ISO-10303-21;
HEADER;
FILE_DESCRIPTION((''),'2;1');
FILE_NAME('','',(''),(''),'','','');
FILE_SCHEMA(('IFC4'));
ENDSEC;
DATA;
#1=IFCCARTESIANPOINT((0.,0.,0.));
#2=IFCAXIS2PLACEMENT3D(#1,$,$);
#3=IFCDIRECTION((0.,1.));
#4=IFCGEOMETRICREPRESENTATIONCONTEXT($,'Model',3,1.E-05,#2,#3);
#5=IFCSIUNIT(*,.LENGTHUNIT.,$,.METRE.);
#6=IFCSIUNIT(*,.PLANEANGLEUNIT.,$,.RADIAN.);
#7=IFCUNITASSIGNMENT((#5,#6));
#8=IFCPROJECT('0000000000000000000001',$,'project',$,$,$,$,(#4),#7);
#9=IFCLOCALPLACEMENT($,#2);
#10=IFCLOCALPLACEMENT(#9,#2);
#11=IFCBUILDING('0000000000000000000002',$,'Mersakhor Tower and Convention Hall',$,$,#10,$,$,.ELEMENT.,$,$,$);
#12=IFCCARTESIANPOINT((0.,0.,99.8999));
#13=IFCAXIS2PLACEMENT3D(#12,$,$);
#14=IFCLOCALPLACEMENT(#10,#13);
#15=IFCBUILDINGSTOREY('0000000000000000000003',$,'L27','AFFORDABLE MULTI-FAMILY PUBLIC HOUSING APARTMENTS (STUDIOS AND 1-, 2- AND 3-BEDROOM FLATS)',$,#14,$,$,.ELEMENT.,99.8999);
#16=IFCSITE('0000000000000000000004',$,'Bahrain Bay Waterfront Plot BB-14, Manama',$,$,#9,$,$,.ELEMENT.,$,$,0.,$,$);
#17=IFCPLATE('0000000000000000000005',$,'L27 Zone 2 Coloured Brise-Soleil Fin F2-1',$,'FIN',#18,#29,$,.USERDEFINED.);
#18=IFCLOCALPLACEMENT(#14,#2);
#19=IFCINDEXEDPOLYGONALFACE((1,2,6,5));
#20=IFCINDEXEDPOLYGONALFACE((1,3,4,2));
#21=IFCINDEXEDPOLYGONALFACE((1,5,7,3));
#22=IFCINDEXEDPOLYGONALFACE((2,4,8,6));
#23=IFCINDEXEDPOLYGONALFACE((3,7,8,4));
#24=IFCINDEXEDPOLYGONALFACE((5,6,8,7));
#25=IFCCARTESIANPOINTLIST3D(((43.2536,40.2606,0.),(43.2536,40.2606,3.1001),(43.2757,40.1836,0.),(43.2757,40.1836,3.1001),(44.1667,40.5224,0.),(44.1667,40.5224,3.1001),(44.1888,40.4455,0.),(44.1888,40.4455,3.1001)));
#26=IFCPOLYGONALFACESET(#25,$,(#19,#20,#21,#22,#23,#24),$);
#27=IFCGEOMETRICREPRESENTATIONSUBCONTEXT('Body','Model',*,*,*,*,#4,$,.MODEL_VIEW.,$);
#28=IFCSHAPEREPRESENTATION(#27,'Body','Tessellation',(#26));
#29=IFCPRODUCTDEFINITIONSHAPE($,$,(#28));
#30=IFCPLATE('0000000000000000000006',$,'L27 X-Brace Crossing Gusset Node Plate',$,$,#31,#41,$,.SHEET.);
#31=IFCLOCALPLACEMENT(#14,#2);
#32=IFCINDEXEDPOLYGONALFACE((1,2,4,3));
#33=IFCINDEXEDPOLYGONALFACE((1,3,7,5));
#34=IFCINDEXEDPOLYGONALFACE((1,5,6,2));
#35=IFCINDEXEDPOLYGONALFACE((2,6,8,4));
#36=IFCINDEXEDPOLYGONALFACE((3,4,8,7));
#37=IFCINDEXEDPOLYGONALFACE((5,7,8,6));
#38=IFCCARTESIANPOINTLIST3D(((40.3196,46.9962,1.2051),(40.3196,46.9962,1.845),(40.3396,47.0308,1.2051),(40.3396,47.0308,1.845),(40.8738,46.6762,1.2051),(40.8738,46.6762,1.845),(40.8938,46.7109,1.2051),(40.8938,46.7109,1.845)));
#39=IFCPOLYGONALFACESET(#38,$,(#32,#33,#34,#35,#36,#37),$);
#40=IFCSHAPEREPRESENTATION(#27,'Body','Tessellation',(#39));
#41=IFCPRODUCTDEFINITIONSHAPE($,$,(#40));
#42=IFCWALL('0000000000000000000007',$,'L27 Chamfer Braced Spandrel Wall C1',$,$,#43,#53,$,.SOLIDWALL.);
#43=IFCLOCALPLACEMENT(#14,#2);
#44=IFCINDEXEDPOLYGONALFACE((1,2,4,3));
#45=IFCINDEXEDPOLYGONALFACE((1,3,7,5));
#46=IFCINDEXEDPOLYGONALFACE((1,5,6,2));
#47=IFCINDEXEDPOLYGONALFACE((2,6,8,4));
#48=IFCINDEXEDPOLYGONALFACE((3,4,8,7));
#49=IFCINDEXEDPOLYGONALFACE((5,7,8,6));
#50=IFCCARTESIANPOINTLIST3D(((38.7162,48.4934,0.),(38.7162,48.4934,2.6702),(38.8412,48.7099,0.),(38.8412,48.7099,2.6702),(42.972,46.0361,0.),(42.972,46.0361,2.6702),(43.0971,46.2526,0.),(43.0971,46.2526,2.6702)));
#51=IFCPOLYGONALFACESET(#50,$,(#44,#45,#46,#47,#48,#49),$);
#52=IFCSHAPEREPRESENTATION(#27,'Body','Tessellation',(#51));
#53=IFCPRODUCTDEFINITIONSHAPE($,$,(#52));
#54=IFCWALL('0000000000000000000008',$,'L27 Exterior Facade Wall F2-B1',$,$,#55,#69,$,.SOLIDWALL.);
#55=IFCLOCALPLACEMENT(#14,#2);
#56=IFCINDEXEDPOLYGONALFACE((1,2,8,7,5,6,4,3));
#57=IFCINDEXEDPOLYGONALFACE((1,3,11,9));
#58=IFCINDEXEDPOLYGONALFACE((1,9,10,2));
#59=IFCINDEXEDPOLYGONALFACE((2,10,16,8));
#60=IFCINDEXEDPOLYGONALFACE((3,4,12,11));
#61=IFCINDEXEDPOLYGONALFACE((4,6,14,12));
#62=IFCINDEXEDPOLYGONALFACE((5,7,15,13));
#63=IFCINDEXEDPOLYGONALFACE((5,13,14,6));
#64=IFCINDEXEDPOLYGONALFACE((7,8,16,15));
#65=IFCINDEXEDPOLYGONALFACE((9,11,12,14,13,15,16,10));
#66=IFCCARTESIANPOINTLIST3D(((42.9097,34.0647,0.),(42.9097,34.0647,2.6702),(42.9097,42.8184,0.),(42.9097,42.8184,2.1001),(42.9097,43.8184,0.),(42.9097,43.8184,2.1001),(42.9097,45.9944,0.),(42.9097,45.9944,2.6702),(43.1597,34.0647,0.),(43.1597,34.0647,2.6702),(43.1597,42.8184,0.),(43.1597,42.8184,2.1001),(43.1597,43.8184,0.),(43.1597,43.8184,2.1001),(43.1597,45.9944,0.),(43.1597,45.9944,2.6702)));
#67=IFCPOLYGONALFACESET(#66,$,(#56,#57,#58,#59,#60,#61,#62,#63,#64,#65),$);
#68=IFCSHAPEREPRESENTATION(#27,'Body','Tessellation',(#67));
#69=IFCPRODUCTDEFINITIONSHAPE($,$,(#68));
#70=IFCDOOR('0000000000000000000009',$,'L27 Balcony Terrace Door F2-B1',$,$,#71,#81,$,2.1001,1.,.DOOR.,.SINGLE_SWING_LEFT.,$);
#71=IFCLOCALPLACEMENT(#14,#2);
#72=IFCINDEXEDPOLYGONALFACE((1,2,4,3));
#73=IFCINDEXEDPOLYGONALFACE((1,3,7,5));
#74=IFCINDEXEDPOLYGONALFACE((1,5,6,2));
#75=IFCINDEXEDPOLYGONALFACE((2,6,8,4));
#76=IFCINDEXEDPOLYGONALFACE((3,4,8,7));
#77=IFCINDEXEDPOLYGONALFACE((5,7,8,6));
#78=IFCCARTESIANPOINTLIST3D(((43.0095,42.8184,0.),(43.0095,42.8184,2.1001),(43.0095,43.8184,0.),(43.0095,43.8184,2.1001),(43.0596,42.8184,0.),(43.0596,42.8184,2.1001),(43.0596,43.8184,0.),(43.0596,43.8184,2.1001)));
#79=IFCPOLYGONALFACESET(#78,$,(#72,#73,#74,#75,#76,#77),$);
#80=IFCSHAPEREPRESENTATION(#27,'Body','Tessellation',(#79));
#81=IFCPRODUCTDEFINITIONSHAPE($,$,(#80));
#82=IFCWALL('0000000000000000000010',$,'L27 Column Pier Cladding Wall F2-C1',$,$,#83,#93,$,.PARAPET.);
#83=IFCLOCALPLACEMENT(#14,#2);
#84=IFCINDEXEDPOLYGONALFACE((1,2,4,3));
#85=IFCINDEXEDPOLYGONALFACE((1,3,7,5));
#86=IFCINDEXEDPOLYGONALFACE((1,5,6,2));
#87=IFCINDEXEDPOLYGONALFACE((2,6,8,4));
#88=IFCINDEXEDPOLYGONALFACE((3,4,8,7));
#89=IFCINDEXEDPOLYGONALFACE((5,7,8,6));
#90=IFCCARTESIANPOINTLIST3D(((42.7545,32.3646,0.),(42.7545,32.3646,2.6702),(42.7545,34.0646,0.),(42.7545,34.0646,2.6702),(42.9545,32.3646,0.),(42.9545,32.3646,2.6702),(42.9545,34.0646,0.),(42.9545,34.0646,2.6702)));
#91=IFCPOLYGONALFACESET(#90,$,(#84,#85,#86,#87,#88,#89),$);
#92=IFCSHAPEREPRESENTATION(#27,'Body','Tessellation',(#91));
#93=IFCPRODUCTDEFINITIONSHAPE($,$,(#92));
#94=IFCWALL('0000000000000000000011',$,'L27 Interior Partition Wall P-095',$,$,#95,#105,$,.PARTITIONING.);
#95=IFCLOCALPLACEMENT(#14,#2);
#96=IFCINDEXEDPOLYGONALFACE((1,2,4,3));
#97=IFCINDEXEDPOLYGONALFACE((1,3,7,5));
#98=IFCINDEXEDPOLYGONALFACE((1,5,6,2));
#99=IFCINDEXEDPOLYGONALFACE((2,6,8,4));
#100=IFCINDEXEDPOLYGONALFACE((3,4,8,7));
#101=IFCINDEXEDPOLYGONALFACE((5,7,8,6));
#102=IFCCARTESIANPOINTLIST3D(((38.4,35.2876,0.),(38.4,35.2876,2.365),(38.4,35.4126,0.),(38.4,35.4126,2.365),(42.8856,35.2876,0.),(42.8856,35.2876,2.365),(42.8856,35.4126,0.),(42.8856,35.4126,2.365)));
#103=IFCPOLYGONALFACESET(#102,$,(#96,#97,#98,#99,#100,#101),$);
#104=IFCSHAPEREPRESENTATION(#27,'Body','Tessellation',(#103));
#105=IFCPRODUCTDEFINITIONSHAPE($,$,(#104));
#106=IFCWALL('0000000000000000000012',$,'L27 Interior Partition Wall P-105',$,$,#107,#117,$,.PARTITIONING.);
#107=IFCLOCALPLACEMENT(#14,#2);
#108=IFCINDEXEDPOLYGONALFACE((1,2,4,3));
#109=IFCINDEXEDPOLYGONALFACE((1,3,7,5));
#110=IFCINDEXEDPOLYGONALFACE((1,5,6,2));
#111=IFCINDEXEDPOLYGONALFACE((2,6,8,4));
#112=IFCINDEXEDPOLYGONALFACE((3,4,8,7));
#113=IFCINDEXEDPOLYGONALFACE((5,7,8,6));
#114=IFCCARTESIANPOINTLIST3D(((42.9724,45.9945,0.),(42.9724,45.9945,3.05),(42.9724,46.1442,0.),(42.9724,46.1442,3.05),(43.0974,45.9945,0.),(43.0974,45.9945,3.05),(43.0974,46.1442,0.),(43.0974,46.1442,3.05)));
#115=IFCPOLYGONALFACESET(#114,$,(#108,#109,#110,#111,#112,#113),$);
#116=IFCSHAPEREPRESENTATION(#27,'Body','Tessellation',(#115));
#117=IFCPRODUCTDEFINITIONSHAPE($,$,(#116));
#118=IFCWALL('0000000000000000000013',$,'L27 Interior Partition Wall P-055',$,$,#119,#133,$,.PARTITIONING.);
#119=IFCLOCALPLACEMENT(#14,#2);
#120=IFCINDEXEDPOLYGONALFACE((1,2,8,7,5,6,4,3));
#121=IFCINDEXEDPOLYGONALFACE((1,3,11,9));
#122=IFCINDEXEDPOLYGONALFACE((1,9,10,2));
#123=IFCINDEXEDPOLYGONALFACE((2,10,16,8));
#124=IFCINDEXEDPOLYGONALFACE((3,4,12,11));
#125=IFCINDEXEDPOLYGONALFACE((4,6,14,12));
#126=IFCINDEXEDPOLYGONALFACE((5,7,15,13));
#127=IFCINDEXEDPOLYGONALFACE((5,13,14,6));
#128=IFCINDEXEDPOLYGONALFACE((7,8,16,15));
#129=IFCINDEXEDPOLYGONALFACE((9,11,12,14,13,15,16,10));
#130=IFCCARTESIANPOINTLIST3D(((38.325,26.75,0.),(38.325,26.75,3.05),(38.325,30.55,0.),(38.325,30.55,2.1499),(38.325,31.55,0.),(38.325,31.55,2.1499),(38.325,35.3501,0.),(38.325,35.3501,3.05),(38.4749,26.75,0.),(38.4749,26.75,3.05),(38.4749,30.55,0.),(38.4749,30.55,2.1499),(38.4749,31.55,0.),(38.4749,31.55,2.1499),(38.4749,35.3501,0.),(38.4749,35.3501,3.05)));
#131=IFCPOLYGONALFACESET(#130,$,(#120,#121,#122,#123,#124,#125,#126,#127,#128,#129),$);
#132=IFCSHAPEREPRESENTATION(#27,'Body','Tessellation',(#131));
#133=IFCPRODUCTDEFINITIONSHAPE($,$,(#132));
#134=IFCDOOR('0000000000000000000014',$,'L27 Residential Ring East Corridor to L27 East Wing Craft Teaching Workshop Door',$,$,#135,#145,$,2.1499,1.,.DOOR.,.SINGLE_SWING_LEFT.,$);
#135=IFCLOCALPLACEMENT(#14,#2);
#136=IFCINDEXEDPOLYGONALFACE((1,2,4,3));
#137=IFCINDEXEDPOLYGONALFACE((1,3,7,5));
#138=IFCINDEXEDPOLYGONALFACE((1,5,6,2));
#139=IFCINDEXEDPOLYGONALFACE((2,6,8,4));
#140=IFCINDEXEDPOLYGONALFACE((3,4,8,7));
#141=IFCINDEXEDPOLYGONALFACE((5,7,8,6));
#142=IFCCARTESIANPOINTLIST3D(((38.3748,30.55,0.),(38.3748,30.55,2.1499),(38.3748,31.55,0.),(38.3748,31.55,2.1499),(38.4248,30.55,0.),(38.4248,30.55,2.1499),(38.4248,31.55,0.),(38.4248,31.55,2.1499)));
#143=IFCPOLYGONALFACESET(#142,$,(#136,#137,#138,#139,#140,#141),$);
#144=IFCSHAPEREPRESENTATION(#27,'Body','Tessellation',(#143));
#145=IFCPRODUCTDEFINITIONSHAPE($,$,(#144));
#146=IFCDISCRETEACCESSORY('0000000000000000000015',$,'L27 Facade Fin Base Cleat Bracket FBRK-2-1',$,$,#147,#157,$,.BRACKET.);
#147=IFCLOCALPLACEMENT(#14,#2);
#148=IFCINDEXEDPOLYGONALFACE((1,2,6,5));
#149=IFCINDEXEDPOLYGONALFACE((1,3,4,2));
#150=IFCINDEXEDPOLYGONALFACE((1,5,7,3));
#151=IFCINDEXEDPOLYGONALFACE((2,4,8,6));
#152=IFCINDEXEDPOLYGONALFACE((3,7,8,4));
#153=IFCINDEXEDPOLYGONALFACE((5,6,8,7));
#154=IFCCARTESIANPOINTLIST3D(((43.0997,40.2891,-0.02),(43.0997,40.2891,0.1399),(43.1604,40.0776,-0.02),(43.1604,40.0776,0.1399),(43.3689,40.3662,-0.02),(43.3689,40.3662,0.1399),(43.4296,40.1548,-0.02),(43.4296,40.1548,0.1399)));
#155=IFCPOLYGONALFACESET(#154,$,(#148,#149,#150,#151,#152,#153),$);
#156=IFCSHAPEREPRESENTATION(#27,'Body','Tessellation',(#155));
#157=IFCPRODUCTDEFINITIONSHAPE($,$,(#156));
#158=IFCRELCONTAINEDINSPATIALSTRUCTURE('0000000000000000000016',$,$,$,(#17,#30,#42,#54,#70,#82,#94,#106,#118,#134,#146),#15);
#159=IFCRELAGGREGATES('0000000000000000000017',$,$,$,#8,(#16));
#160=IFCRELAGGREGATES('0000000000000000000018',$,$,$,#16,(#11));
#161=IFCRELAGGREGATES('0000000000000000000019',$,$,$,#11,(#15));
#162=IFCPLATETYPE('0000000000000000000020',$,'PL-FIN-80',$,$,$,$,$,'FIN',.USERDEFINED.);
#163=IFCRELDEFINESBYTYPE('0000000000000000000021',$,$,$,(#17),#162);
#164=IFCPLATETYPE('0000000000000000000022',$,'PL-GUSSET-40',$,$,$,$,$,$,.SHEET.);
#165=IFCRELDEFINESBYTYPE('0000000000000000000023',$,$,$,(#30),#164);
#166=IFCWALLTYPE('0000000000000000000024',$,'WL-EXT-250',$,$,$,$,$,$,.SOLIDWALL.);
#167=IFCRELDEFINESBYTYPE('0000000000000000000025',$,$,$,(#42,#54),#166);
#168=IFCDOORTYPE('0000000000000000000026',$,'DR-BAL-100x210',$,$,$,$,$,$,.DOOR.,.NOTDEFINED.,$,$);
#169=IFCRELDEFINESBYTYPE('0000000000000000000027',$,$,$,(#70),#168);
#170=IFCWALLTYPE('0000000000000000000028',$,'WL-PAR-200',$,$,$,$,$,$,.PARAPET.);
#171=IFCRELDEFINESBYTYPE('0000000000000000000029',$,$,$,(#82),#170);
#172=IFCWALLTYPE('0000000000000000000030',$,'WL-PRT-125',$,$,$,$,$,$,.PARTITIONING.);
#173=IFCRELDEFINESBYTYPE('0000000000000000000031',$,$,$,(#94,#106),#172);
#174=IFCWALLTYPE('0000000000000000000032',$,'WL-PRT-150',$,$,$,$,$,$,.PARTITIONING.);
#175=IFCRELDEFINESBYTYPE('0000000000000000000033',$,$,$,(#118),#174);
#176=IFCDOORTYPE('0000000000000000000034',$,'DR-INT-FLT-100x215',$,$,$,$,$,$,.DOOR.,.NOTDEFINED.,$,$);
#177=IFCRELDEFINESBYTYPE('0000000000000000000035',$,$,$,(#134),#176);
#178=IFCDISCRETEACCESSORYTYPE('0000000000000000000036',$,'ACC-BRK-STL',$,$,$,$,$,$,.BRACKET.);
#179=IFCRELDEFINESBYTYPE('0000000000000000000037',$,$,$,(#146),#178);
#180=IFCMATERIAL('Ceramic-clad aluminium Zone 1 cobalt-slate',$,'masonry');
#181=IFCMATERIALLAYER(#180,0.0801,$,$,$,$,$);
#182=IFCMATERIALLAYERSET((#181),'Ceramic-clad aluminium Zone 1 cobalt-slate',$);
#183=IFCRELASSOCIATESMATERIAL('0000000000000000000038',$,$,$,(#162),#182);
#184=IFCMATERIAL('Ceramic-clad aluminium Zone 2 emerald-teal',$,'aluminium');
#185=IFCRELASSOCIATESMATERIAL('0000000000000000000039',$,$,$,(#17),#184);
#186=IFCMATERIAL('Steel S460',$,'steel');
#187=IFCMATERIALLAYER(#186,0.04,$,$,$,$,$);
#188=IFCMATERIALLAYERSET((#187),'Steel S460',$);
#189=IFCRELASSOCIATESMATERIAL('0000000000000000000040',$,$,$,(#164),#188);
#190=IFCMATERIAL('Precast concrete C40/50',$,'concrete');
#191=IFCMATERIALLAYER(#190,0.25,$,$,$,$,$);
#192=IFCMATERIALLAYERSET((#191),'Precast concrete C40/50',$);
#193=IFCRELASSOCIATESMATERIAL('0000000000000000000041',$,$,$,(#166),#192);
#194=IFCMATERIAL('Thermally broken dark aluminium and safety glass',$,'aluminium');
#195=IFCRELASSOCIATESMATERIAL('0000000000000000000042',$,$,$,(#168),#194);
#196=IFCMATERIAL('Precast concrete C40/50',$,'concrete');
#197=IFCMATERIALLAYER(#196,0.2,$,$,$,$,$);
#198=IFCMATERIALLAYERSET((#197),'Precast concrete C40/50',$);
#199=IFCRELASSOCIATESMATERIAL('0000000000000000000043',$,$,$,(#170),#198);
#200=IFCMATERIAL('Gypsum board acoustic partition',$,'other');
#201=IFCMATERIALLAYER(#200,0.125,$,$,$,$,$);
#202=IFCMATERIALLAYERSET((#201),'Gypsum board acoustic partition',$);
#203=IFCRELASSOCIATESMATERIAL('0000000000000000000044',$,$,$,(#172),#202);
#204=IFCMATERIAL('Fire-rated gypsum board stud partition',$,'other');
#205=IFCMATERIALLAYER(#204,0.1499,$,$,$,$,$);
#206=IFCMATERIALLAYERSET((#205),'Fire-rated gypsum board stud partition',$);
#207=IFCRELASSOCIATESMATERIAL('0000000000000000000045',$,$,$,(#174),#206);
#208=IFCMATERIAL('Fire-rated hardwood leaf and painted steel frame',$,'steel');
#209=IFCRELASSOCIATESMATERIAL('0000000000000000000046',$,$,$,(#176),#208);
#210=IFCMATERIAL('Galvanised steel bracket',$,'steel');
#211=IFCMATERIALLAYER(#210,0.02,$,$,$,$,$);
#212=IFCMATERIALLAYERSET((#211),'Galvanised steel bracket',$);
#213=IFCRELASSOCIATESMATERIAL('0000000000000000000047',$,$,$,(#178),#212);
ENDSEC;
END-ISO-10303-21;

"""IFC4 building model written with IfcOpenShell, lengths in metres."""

from ifc_helpers import new_model, si_unit, direction, frame, frame_2d, origin, origin_2d, place, context, subcontext, project, spatial, rectangle, extrude, material, layer, layer_set, type_object, element, fill, save


model = new_model("IFC4")

# Units and contexts
model_context = context("Model", 3, precision=1e-05, world=origin(), true_north=direction((0.0, 1.0)))
body_context = subcontext(model_context, "Body", "Model", "MODEL_VIEW")
ifc_project = project(units=[si_unit("LENGTHUNIT", "METRE"), si_unit("PLANEANGLEUNIT", "RADIAN")], contexts=[model_context])

# Site, building, storey
site_placement = place(None, origin())
site = spatial("IfcSite", under=ifc_project, at=site_placement, Name="Bahrain Bay Waterfront Plot BB-14, Manama", CompositionType="ELEMENT", RefElevation=0.0)
building_placement = place(site_placement, origin())
building = spatial("IfcBuilding", under=site, at=building_placement, Name="Mersakhor Tower and Convention Hall", CompositionType="ELEMENT")
storey_placement = place(building_placement, frame((0.0, 0.0, 99.8999)))
storey = spatial("IfcBuildingStorey", under=building, at=storey_placement, Name="L27", Description="AFFORDABLE MULTI-FAMILY PUBLIC HOUSING APARTMENTS (STUDIOS AND 1-, 2- AND 3-BEDROOM FLATS)", CompositionType="ELEMENT", Elevation=99.8999)

# Plates
ifc_material_1 = material(Name="Ceramic-clad aluminium Zone 2 emerald-teal", Category="aluminium")
ifc_material_2 = material(Name="Ceramic-clad aluminium Zone 1 cobalt-slate", Category="masonry")
ifc_layer_1 = layer(ifc_material_2, 0.0801)
ifc_layer_set_1 = layer_set([ifc_layer_1], Name="Ceramic-clad aluminium Zone 1 cobalt-slate")
plate_type_1 = type_object("IfcPlateType", Name="PL-FIN-80", ElementType="FIN", PredefinedType="USERDEFINED", material=ifc_layer_set_1)
plate_1_placement = place(storey_placement, frame((43.7212, 40.353, 0.0), z_axis=(0.0, 0.0, 1.0), x_axis=(0.961262, 0.275637, 0.0)))
element("IfcPlate", 1, at=plate_1_placement, inside=storey, type_object=plate_type_1, material=ifc_material_1, Name="L27 Zone 2 Coloured Brise-Soleil Fin F2-1", ObjectType="FIN", PredefinedType="USERDEFINED", context=body_context, shape_type="SweptSolid", body=[
    extrude(rectangle(XDim=0.95, YDim=0.0801, at=origin_2d()), origin(), (0.0, 0.0, 1.0), 3.1001),
])
ifc_material_3 = material(Name="Steel S460", Category="steel")
ifc_layer_2 = layer(ifc_material_3, 0.04)
ifc_layer_set_2 = layer_set([ifc_layer_2], Name="Steel S460")
plate_type_2 = type_object("IfcPlateType", Name="PL-GUSSET-40", PredefinedType="SHEET", material=ifc_layer_set_2)
plate_2_placement = place(storey_placement, frame((40.6067, 46.8535, 1.2051), z_axis=(0.0, 0.0, 1.0), x_axis=(-0.866025, 0.5, 0.0)))
element("IfcPlate", 2, at=plate_2_placement, inside=storey, type_object=plate_type_2, Name="L27 X-Brace Crossing Gusset Node Plate", PredefinedType="SHEET", context=body_context, shape_type="SweptSolid", body=[
    extrude(rectangle(XDim=0.6399, YDim=0.04, at=origin_2d()), origin(), (0.0, 0.0, 1.0), 0.6399),
])

# Wall
ifc_material_4 = material(Name="Precast concrete C40/50", Category="concrete")
ifc_layer_3 = layer(ifc_material_4, 0.25)
ifc_layer_set_3 = layer_set([ifc_layer_3], Name="Precast concrete C40/50")
wall_type_1 = type_object("IfcWallType", Name="WL-EXT-250", PredefinedType="SOLIDWALL", material=ifc_layer_set_3)
wall_1_placement = place(storey_placement, frame((38.7788, 48.6016, 0.0), z_axis=(0.0, 0.0, 1.0), x_axis=(0.866012, -0.500023, 0.0)))
element("IfcWall", 3, at=wall_1_placement, inside=storey, type_object=wall_type_1, Name="L27 Chamfer Braced Spandrel Wall C1", PredefinedType="SOLIDWALL", context=body_context, shape_type="SweptSolid", body=[
    extrude(rectangle(XDim=4.9143, YDim=0.25, at=frame_2d((2.457, 0.0))), origin(), (0.0, 0.0, 1.0), 2.6702),
])

# Wall, opening, door
wall_2_placement = place(storey_placement, frame((43.0347, 45.9944, 0.0), z_axis=(0.0, 0.0, 1.0), x_axis=(0.0, -1.0, 0.0)))
wall_2 = element("IfcWall", 4, at=wall_2_placement, inside=storey, type_object=wall_type_1, Name="L27 Exterior Facade Wall F2-B1", PredefinedType="SOLIDWALL", context=body_context, shape_type="SweptSolid", body=[
    extrude(rectangle(XDim=11.9297, YDim=0.25, at=frame_2d((5.9648, 0.0))), origin(), (0.0, 0.0, 1.0), 2.6702),
])
opening_1_placement = place(wall_2_placement, frame((2.176, 0.0, 0.0)))
opening_1 = element("IfcOpeningElement", 5, at=opening_1_placement, cuts=wall_2, PredefinedType="OPENING", context=body_context, shape_type="SweptSolid", body=[
    extrude(rectangle(XDim=1.0, YDim=2.1001, at=frame_2d((0.5, 1.05))), frame((0.0, 0.135, 0.0), z_axis=(0.0, -1.0, 0.0), x_axis=(1.0, 0.0, 0.0)), (0.0, 0.0, 1.0), 0.27),
])
ifc_material_5 = material(Name="Thermally broken dark aluminium and safety glass", Category="aluminium")
door_type_1 = type_object("IfcDoorType", Name="DR-BAL-100x210", OperationType="NOTDEFINED", PredefinedType="DOOR", material=ifc_material_5)
door_1_placement = place(opening_1_placement, origin())
door_1 = element("IfcDoor", 6, at=door_1_placement, inside=storey, type_object=door_type_1, Name="L27 Balcony Terrace Door F2-B1", OperationType="SINGLE_SWING_LEFT", OverallHeight=2.1001, OverallWidth=1.0, PredefinedType="DOOR", context=body_context, shape_type="SweptSolid", body=[
    extrude(rectangle(XDim=1.0, YDim=2.1001, at=frame_2d((0.5, 1.05))), frame((0.0, 0.0249, 0.0), z_axis=(0.0, -1.0, 0.0), x_axis=(1.0, 0.0, 0.0)), (0.0, 0.0, 1.0), 0.05),
])
fill(opening_1, door_1)

# Walls
ifc_material_6 = material(Name="Precast concrete C40/50", Category="concrete")
ifc_layer_4 = layer(ifc_material_6, 0.2)
ifc_layer_set_4 = layer_set([ifc_layer_4], Name="Precast concrete C40/50")
wall_type_2 = type_object("IfcWallType", Name="WL-PAR-200", PredefinedType="PARAPET", material=ifc_layer_set_4)
wall_3_placement = place(storey_placement, frame((42.8545, 34.0647, 0.0), z_axis=(0.0, 0.0, 1.0), x_axis=(0.0, -1.0, 0.0)))
element("IfcWall", 7, at=wall_3_placement, inside=storey, type_object=wall_type_2, Name="L27 Column Pier Cladding Wall F2-C1", PredefinedType="PARAPET", context=body_context, shape_type="SweptSolid", body=[
    extrude(rectangle(XDim=1.7, YDim=0.2, at=frame_2d((0.8501, 0.0))), origin(), (0.0, 0.0, 1.0), 2.6702),
])
ifc_material_7 = material(Name="Gypsum board acoustic partition", Category="other")
ifc_layer_5 = layer(ifc_material_7, 0.125)
ifc_layer_set_5 = layer_set([ifc_layer_5], Name="Gypsum board acoustic partition")
wall_type_3 = type_object("IfcWallType", Name="WL-PRT-125", PredefinedType="PARTITIONING", material=ifc_layer_set_5)
wall_4_placement = place(storey_placement, frame((42.8855, 35.3501, 0.0), z_axis=(0.0, 0.0, 1.0), x_axis=(-1.0, 0.0, 0.0)))
element("IfcWall", 8, at=wall_4_placement, inside=storey, type_object=wall_type_3, Name="L27 Interior Partition Wall P-095", PredefinedType="PARTITIONING", context=body_context, shape_type="SweptSolid", body=[
    extrude(rectangle(XDim=4.4856, YDim=0.125, at=frame_2d((2.2427, 0.0))), origin(), (0.0, 0.0, 1.0), 2.365),
])
wall_5_placement = place(storey_placement, frame((43.0349, 46.144, 0.0), z_axis=(0.0, 0.0, 1.0), x_axis=(0.0, -1.0, 0.0)))
element("IfcWall", 9, at=wall_5_placement, inside=storey, type_object=wall_type_3, Name="L27 Interior Partition Wall P-105", PredefinedType="PARTITIONING", context=body_context, shape_type="SweptSolid", body=[
    extrude(rectangle(XDim=0.1497, YDim=0.125, at=frame_2d((0.0747, 0.0))), origin(), (0.0, 0.0, 1.0), 3.05),
])

# Wall, opening, door
ifc_material_8 = material(Name="Fire-rated gypsum board stud partition", Category="other")
ifc_layer_6 = layer(ifc_material_8, 0.1499)
ifc_layer_set_6 = layer_set([ifc_layer_6], Name="Fire-rated gypsum board stud partition")
wall_type_4 = type_object("IfcWallType", Name="WL-PRT-150", PredefinedType="PARTITIONING", material=ifc_layer_set_6)
wall_6_placement = place(storey_placement, frame((38.3999, 35.3501, 0.0), z_axis=(0.0, 0.0, 1.0), x_axis=(0.0, -1.0, 0.0)))
wall_6 = element("IfcWall", 10, at=wall_6_placement, inside=storey, type_object=wall_type_4, Name="L27 Interior Partition Wall P-055", PredefinedType="PARTITIONING", context=body_context, shape_type="SweptSolid", body=[
    extrude(rectangle(XDim=8.6001, YDim=0.1499, at=frame_2d((4.3, 0.0))), origin(), (0.0, 0.0, 1.0), 3.05),
])
opening_2_placement = place(wall_6_placement, frame((3.8, 0.0, 0.0)))
opening_2 = element("IfcOpeningElement", 11, at=opening_2_placement, cuts=wall_6, PredefinedType="OPENING", context=body_context, shape_type="SweptSolid", body=[
    extrude(rectangle(XDim=1.0, YDim=2.1499, at=frame_2d((0.5, 1.075))), frame((0.0, 0.085, 0.0), z_axis=(0.0, -1.0, 0.0), x_axis=(1.0, 0.0, 0.0)), (0.0, 0.0, 1.0), 0.1699),
])
ifc_material_9 = material(Name="Fire-rated hardwood leaf and painted steel frame", Category="steel")
door_type_2 = type_object("IfcDoorType", Name="DR-INT-FLT-100x215", OperationType="NOTDEFINED", PredefinedType="DOOR", material=ifc_material_9)
door_2_placement = place(opening_2_placement, origin())
door_2 = element("IfcDoor", 12, at=door_2_placement, inside=storey, type_object=door_type_2, Name="L27 Residential Ring East Corridor to L27 East Wing Craft Teaching Workshop Door", OperationType="SINGLE_SWING_LEFT", OverallHeight=2.1499, OverallWidth=1.0, PredefinedType="DOOR", context=body_context, shape_type="SweptSolid", body=[
    extrude(rectangle(XDim=1.0, YDim=2.1499, at=frame_2d((0.5, 1.075))), frame((0.0, 0.0249, 0.0), z_axis=(0.0, -1.0, 0.0), x_axis=(1.0, 0.0, 0.0)), (0.0, 0.0, 1.0), 0.05),
])
fill(opening_2, door_2)

# Discrete accessory
ifc_material_10 = material(Name="Galvanised steel bracket", Category="steel")
ifc_layer_7 = layer(ifc_material_10, 0.02)
ifc_layer_set_7 = layer_set([ifc_layer_7], Name="Galvanised steel bracket")
discrete_accessory_type = type_object("IfcDiscreteAccessoryType", Name="ACC-BRK-STL", PredefinedType="BRACKET", material=ifc_layer_set_7)
discrete_accessory_placement = place(storey_placement, frame((43.2646, 40.2219, -0.02), z_axis=(0.0, 0.0, 1.0), x_axis=(0.961262, 0.275637, 0.0)))
element("IfcDiscreteAccessory", 13, at=discrete_accessory_placement, inside=storey, type_object=discrete_accessory_type, Name="L27 Facade Fin Base Cleat Bracket FBRK-2-1", PredefinedType="BRACKET", context=body_context, shape_type="SweptSolid", body=[
    extrude(rectangle(XDim=0.28, YDim=0.22, at=origin_2d()), origin(), (0.0, 0.0, 1.0), 0.1599),
])

save(model, "model.ifc")
